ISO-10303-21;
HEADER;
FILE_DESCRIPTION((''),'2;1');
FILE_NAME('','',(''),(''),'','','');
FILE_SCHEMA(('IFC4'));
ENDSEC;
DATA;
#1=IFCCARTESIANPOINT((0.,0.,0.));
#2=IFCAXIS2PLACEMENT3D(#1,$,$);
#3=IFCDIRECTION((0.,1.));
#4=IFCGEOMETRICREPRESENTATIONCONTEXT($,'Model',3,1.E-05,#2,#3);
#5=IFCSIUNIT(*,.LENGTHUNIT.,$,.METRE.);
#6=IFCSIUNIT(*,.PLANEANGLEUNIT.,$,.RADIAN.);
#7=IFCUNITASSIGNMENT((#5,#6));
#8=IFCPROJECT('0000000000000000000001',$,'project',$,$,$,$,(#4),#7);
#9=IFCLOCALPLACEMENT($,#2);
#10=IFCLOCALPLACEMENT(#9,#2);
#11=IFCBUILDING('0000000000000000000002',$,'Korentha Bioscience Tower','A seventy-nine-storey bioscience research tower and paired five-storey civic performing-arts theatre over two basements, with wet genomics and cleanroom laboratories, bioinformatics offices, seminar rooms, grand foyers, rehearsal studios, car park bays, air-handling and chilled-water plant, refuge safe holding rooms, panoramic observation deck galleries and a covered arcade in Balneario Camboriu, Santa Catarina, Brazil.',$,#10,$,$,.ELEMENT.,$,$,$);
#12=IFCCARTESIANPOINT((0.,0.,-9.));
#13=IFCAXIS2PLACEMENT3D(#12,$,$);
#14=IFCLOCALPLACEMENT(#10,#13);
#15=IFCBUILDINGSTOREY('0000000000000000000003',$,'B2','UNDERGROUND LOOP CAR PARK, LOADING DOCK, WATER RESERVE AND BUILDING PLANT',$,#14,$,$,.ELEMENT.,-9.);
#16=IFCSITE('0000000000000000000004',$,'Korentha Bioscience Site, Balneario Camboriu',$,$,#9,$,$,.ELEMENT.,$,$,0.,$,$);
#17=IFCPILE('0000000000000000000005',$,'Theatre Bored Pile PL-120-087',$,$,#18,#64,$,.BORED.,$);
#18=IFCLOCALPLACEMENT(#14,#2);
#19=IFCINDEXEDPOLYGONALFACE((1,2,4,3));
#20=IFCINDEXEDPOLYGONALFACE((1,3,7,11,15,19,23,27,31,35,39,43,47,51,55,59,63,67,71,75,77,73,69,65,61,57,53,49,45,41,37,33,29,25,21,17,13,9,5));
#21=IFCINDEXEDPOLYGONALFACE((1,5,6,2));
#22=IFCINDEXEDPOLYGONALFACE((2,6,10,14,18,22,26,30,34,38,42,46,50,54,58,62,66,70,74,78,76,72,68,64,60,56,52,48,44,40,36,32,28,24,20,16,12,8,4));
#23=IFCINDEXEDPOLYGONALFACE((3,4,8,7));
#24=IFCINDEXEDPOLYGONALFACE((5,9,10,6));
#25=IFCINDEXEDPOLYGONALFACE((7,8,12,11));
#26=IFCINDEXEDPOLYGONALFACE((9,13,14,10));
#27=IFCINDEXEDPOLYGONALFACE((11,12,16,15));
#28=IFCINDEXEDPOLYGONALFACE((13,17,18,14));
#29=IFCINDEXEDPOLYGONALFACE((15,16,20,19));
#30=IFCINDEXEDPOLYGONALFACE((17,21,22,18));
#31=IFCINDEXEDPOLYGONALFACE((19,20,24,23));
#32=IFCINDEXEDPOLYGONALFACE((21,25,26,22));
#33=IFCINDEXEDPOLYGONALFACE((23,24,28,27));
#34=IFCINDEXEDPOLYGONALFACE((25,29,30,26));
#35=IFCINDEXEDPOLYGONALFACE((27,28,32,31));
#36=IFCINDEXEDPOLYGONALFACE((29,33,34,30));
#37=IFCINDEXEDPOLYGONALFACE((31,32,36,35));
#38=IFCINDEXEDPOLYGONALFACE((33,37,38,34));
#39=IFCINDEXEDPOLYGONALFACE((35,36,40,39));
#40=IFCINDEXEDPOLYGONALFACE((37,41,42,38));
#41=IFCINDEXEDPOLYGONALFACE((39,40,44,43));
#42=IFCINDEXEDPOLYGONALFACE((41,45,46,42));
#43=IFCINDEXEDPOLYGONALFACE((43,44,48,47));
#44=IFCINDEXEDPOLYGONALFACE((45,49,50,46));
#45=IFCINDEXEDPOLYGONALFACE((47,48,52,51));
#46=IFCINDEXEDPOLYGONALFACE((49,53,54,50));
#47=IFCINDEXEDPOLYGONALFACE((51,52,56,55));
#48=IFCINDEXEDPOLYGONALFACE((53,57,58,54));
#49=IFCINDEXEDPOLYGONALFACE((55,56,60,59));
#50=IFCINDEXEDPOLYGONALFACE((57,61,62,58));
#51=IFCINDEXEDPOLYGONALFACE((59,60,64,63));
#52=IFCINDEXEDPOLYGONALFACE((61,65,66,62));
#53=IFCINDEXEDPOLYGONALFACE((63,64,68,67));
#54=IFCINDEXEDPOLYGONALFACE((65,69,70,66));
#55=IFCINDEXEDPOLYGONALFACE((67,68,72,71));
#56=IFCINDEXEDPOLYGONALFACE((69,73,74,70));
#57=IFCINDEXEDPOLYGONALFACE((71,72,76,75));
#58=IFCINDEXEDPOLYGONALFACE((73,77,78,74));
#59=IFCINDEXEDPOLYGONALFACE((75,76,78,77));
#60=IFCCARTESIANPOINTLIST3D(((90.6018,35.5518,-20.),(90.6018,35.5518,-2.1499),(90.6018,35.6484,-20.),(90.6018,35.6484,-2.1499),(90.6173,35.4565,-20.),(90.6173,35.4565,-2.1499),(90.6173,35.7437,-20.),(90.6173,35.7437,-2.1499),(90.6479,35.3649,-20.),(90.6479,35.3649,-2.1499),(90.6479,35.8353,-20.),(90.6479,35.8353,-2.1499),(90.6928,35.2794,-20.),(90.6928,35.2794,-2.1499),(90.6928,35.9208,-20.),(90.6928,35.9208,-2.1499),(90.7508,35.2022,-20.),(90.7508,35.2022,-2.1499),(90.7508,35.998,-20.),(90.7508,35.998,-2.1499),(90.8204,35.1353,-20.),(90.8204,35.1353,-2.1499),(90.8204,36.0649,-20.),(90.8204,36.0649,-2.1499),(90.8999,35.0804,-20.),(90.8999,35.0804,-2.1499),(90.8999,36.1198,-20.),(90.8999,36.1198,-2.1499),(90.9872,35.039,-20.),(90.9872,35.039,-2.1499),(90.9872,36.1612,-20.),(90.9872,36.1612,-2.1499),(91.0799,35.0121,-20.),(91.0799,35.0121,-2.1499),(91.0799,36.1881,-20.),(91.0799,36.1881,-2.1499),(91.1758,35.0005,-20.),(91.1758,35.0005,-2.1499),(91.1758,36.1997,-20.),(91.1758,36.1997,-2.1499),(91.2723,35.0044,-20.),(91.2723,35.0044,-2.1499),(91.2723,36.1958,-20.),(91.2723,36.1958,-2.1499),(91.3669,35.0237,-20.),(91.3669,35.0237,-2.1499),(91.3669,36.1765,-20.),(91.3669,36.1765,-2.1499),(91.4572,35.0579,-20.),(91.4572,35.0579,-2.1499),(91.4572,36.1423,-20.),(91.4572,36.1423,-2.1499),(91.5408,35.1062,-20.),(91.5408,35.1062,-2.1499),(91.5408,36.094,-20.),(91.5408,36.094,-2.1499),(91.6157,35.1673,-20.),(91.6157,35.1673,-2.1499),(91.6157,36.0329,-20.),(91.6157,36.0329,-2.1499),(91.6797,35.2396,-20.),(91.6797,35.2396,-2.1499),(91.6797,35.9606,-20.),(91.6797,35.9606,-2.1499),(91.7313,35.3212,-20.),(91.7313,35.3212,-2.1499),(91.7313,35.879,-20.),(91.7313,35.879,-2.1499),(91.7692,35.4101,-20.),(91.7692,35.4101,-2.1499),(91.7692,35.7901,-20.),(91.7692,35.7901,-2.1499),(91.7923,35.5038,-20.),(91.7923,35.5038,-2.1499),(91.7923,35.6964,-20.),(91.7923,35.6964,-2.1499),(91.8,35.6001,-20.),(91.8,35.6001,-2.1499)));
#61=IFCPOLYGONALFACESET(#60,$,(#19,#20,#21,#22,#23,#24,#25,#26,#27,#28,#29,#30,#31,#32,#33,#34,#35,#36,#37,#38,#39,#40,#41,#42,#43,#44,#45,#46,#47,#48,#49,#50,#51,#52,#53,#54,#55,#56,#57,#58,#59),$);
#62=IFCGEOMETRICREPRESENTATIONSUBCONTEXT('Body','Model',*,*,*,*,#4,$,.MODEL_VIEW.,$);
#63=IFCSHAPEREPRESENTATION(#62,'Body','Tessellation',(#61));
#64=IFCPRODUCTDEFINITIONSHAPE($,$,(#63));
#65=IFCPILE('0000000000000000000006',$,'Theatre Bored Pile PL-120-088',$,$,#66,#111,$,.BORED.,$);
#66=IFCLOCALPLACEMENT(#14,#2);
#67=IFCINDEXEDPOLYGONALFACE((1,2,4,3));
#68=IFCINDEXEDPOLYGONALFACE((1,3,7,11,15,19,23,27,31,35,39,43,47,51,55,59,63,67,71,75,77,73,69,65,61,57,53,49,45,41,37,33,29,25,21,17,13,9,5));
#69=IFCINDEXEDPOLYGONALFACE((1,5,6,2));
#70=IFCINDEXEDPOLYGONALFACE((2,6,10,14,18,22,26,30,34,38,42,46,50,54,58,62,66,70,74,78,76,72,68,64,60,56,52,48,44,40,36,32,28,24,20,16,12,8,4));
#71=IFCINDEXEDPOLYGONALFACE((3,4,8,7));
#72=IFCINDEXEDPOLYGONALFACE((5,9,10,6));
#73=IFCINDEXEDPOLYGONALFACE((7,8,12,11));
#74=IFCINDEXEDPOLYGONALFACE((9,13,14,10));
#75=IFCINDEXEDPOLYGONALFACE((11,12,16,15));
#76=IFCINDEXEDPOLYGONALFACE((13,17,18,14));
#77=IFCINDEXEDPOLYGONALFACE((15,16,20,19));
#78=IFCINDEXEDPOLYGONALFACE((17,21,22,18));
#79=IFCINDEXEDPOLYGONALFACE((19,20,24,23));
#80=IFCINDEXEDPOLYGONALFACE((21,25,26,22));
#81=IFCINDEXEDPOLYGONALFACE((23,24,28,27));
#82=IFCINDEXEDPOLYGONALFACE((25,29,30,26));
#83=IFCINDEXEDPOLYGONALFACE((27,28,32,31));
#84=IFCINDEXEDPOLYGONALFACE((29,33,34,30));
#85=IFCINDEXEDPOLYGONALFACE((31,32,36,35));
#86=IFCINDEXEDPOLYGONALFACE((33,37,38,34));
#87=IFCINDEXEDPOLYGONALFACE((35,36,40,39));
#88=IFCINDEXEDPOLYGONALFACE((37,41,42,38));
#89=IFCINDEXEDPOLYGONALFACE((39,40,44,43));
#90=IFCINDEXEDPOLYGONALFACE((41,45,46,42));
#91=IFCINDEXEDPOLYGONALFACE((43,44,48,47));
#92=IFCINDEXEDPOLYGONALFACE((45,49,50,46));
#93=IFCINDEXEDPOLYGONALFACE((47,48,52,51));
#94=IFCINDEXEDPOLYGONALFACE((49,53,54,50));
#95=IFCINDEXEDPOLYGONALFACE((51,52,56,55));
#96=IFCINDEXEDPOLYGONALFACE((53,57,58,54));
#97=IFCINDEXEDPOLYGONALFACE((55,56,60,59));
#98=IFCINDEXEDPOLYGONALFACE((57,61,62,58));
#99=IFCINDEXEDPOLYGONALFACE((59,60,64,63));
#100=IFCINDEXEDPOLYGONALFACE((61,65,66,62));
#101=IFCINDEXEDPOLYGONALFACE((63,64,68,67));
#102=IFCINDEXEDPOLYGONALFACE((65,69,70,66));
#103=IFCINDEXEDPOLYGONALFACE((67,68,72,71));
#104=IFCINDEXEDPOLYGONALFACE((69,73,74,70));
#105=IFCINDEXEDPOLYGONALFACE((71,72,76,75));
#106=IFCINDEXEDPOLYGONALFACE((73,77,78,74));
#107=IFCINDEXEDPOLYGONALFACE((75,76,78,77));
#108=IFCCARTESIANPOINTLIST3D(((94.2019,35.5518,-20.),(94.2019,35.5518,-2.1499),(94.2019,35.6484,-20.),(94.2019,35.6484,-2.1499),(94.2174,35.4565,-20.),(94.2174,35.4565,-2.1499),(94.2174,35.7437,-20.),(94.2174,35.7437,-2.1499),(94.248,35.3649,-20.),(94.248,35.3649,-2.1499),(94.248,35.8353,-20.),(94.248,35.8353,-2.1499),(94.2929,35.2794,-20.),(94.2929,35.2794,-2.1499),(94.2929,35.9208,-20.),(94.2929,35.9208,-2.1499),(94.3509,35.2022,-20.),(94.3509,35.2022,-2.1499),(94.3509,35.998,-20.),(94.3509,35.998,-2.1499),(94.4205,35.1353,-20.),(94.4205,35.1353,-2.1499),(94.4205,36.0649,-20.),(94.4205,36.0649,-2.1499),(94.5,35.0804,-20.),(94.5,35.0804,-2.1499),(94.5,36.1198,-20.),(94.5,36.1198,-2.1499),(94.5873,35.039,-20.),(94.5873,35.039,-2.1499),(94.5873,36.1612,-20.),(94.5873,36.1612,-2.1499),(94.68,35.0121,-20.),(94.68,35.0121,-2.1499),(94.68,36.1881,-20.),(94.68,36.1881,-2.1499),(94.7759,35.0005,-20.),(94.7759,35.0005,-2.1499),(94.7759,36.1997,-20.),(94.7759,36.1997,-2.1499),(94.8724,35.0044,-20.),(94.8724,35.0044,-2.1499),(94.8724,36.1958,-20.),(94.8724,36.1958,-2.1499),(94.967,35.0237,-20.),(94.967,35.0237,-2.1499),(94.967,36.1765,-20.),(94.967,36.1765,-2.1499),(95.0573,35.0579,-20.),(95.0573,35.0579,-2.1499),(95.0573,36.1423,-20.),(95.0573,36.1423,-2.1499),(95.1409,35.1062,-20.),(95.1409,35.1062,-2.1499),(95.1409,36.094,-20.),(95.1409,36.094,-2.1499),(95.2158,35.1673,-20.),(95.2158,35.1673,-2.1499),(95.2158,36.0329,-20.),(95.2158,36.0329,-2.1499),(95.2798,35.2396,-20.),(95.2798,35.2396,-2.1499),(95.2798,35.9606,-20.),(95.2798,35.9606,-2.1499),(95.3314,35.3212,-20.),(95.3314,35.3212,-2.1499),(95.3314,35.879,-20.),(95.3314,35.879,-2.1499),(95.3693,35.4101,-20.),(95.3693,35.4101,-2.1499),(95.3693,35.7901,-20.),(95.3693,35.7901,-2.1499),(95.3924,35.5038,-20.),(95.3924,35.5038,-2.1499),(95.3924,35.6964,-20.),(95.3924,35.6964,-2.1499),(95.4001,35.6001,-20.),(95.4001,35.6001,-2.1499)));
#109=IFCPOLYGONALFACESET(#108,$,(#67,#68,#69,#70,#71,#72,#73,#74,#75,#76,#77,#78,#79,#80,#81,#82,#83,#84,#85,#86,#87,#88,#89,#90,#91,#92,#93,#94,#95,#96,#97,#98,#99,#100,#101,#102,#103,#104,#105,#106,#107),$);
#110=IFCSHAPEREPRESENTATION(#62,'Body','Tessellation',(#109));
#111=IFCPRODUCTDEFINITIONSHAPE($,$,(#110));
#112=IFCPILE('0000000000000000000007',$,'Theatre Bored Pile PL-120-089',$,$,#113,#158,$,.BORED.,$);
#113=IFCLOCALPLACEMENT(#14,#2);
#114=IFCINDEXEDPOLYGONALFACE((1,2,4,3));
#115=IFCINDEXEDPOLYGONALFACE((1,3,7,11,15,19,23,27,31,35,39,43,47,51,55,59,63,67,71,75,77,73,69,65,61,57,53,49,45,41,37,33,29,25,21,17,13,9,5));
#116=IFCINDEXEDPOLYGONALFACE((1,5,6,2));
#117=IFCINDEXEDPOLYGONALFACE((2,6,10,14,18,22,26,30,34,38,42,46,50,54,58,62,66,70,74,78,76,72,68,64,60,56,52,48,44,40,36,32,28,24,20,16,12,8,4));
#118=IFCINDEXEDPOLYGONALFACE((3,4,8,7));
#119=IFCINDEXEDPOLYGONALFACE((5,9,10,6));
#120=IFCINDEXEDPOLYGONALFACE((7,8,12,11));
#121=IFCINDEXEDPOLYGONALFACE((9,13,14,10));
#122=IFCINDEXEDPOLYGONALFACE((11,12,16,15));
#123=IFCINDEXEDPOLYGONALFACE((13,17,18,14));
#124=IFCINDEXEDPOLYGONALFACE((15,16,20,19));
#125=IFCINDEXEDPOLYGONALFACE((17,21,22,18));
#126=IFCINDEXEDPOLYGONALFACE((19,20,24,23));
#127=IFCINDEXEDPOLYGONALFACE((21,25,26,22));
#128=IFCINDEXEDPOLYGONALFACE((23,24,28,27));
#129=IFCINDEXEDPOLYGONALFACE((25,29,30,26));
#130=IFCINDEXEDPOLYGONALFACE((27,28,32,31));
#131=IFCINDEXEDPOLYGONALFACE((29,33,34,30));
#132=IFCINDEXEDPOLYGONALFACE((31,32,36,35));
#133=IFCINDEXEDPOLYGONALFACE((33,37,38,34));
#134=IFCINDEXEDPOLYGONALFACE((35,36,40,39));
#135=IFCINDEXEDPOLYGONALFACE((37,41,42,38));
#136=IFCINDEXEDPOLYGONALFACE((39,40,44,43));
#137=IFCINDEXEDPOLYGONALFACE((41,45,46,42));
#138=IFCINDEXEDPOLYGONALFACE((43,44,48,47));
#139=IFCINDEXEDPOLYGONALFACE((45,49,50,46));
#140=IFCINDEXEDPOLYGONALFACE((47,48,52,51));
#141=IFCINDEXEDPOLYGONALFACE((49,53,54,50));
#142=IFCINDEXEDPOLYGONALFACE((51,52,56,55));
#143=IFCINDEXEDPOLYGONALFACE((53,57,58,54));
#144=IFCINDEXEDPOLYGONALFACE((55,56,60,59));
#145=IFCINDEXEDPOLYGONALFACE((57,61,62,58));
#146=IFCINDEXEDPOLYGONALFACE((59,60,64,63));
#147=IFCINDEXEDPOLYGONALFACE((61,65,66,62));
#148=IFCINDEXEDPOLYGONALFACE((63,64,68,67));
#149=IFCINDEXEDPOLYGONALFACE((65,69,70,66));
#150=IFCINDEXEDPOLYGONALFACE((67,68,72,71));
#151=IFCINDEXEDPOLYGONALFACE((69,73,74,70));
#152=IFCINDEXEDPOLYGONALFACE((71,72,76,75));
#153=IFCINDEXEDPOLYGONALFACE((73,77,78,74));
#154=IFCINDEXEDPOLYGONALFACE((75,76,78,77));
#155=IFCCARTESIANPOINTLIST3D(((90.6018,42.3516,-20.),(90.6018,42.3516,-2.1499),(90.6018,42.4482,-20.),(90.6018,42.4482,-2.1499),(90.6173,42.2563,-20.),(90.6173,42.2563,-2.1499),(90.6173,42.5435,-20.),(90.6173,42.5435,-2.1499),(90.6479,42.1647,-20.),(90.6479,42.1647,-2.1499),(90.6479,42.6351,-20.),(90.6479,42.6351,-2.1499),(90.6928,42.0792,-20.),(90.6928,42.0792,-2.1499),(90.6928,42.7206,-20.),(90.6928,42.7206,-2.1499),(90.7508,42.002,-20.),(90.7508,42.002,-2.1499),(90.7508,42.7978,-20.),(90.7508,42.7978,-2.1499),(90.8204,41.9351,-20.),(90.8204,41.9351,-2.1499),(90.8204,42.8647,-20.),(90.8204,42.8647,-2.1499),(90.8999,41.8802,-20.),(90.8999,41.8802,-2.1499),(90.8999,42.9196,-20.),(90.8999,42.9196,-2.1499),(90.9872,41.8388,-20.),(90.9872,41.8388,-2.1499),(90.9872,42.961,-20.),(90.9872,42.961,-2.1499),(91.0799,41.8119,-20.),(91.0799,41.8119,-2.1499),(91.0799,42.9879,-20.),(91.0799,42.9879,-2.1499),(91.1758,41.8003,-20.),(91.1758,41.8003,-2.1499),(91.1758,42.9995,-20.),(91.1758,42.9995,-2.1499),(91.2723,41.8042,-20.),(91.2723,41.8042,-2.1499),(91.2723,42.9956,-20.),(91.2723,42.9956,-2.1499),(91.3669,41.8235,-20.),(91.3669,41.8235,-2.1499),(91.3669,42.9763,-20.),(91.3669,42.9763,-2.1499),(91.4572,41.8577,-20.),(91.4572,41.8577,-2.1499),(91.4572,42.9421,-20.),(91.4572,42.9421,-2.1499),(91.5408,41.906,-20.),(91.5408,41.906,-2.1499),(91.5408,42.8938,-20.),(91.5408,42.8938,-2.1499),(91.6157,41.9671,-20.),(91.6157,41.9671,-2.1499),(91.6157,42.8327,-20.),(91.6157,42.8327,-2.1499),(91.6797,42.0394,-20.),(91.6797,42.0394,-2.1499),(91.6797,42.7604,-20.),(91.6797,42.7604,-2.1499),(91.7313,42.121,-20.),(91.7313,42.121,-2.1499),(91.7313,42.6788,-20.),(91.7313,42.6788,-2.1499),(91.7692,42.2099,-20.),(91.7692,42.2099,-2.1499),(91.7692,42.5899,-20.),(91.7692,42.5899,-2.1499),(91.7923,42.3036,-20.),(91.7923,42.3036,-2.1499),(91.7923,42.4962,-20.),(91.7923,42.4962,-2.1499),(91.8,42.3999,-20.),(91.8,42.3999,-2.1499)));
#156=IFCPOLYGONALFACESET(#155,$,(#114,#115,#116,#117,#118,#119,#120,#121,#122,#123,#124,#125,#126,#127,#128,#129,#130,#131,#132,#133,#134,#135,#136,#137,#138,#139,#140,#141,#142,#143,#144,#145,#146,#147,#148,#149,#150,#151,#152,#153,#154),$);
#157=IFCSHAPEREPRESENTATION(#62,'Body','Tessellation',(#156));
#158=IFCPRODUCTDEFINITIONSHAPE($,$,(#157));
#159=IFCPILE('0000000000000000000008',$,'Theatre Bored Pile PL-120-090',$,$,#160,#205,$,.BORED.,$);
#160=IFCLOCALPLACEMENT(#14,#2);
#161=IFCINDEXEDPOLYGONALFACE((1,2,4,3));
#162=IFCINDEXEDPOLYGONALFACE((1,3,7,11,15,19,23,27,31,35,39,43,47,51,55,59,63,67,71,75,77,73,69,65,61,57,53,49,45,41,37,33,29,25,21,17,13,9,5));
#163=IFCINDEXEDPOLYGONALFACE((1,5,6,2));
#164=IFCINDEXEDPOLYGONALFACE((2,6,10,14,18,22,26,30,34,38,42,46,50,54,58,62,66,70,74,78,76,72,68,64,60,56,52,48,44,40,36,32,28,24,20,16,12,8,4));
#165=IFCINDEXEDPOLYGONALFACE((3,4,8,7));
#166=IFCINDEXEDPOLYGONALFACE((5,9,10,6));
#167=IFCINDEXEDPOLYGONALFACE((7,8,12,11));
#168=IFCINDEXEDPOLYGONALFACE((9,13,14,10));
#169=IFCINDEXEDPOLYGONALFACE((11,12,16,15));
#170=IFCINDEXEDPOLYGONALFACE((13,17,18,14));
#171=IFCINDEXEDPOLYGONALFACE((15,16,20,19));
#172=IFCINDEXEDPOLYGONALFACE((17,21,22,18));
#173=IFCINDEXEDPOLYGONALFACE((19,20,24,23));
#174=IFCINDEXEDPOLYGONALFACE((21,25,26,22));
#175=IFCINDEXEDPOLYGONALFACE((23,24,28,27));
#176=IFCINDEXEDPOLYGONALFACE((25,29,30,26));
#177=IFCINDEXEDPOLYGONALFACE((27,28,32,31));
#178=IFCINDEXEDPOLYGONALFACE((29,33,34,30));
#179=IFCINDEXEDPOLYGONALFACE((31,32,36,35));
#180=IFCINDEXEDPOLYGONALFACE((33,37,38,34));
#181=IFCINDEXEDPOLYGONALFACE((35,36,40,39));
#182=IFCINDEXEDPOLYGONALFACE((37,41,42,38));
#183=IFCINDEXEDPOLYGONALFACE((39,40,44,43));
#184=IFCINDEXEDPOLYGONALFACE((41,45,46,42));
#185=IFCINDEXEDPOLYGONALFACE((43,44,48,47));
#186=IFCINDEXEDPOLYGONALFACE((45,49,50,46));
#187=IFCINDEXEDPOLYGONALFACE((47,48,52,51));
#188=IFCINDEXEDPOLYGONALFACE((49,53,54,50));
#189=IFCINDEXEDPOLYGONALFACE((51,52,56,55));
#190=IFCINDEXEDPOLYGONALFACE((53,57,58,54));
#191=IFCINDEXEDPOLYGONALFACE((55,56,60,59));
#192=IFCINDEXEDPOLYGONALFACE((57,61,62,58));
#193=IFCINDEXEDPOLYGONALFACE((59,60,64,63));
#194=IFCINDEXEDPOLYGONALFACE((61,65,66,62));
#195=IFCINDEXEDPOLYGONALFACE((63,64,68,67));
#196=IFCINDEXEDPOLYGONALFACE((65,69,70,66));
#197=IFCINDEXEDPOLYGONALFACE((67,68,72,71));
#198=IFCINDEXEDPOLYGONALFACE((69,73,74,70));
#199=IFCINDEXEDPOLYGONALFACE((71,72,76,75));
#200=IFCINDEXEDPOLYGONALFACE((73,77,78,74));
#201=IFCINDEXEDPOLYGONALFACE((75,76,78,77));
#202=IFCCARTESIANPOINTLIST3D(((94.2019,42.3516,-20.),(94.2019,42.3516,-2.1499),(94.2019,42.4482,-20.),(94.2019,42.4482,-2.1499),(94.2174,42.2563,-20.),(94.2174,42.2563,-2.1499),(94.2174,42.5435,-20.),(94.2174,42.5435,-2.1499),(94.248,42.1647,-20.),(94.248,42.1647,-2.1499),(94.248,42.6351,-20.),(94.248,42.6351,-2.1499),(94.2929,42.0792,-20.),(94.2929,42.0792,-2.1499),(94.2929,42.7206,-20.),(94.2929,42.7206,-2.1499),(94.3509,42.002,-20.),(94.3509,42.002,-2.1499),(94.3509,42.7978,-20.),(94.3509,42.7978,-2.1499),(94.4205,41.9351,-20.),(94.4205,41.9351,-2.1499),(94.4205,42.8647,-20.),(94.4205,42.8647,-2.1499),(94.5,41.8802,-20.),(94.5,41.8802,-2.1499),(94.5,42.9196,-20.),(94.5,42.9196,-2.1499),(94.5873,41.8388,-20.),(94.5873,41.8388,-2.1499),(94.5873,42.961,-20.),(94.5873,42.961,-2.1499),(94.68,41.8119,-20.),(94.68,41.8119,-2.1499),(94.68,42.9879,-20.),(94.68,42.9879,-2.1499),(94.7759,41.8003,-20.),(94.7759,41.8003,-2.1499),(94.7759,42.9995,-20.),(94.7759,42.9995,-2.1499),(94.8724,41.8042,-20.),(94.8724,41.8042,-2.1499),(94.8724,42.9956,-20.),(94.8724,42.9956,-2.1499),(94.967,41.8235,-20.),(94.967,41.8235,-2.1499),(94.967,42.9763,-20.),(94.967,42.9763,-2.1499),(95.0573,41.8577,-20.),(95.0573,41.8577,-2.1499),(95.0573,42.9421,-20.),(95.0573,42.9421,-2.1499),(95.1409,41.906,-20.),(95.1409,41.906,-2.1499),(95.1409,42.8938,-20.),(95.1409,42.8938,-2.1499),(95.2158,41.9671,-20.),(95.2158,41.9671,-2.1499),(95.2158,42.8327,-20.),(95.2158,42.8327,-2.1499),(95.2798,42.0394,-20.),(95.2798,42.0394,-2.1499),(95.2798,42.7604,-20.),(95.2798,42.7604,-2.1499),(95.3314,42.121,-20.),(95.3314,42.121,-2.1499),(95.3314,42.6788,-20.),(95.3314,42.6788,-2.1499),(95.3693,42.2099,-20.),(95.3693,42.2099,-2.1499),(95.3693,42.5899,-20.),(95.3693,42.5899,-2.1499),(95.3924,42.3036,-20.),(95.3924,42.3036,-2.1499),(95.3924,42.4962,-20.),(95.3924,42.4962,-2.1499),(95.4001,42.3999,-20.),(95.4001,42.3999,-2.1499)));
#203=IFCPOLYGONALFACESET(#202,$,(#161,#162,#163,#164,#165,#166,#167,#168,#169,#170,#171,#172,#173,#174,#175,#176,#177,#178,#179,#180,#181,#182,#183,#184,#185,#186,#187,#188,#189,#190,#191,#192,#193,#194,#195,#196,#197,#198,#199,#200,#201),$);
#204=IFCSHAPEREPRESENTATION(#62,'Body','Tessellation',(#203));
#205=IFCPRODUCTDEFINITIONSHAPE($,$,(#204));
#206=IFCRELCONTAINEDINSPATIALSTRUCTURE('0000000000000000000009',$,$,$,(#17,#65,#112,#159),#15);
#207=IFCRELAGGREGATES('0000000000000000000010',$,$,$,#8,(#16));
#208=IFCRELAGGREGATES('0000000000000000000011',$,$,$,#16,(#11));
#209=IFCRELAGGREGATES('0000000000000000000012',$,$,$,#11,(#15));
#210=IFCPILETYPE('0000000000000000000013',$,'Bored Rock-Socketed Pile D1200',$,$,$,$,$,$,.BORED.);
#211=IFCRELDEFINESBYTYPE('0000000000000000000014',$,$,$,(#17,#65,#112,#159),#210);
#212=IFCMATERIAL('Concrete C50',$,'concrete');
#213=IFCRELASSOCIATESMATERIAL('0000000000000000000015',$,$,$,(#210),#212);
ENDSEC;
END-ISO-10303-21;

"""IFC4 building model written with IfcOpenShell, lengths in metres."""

from ifc_helpers import new_model, si_unit, direction, frame, origin, origin_2d, place, context, subcontext, project, spatial, circle, extrude, material, material_profile, profile_set, type_object, element, save


model = new_model("IFC4")

# Units and contexts
model_context = context("Model", 3, precision=1e-05, world=origin(), true_north=direction((0.0, 1.0)))
body_context = subcontext(model_context, "Body", "Model", "MODEL_VIEW")
ifc_project = project(units=[si_unit("LENGTHUNIT", "METRE"), si_unit("PLANEANGLEUNIT", "RADIAN")], contexts=[model_context])

# Site, building, storey
site_placement = place(None, origin())
site = spatial("IfcSite", under=ifc_project, at=site_placement, Name="Korentha Bioscience Site, Balneario Camboriu", CompositionType="ELEMENT", RefElevation=0.0)
building_placement = place(site_placement, origin())
building = spatial("IfcBuilding", under=site, at=building_placement, Name="Korentha Bioscience Tower", Description="A seventy-nine-storey bioscience research tower and paired five-storey civic performing-arts theatre over two basements, with wet genomics and cleanroom laboratories, bioinformatics offices, seminar rooms, grand foyers, rehearsal studios, car park bays, air-handling and chilled-water plant, refuge safe holding rooms, panoramic observation deck galleries and a covered arcade in Balneario Camboriu, Santa Catarina, Brazil.", CompositionType="ELEMENT")
storey_placement = place(building_placement, frame((0.0, 0.0, -9.0)))
storey = spatial("IfcBuildingStorey", under=building, at=storey_placement, Name="B2", Description="UNDERGROUND LOOP CAR PARK, LOADING DOCK, WATER RESERVE AND BUILDING PLANT", CompositionType="ELEMENT", Elevation=-9.0)

# Shared definitions
ifc_material_1 = material(Name="Concrete C50", Category="concrete")

# Piles
ifc_material_profile_1 = material_profile(ifc_material_1, circle(Radius=0.6001, at=origin_2d()), Name="Concrete C50")
ifc_profile_set_1 = profile_set([ifc_material_profile_1], Name="Concrete C50 (PL-120)")
pile_type = type_object("IfcPileType", Name="Bored Rock-Socketed Pile D1200", PredefinedType="BORED", material=ifc_profile_set_1)
for number, where, z_axis, x_axis, name in (
    (1, (91.2, 35.6001, -2.1499), (0.0, 0.0, -1.0), (1.0, 0.0, 0.0), "Theatre Bored Pile PL-120-087"),
    (2, (94.8, 35.6001, -2.1499), (0.0, 0.0, -1.0), (1.0, 0.0, 0.0), "Theatre Bored Pile PL-120-088"),
    (3, (91.2, 42.3999, -2.1499), (0.0, 0.0, -1.0), (1.0, 0.0, 0.0), "Theatre Bored Pile PL-120-089"),
    (4, (94.8, 42.3999, -2.1499), (0.0, 0.0, -1.0), (1.0, 0.0, 0.0), "Theatre Bored Pile PL-120-090"),
):
    element("IfcPile", number, at=place(storey_placement, frame(where, z_axis=z_axis, x_axis=x_axis)), inside=storey, type_object=pile_type, Name=name, PredefinedType="BORED", context=body_context, shape_type="SweptSolid", body=[
        extrude(circle(Radius=0.6001, at=origin_2d()), origin(), (0.0, 0.0, 1.0), 17.8501),
    ])

save(model, "model.ifc")
